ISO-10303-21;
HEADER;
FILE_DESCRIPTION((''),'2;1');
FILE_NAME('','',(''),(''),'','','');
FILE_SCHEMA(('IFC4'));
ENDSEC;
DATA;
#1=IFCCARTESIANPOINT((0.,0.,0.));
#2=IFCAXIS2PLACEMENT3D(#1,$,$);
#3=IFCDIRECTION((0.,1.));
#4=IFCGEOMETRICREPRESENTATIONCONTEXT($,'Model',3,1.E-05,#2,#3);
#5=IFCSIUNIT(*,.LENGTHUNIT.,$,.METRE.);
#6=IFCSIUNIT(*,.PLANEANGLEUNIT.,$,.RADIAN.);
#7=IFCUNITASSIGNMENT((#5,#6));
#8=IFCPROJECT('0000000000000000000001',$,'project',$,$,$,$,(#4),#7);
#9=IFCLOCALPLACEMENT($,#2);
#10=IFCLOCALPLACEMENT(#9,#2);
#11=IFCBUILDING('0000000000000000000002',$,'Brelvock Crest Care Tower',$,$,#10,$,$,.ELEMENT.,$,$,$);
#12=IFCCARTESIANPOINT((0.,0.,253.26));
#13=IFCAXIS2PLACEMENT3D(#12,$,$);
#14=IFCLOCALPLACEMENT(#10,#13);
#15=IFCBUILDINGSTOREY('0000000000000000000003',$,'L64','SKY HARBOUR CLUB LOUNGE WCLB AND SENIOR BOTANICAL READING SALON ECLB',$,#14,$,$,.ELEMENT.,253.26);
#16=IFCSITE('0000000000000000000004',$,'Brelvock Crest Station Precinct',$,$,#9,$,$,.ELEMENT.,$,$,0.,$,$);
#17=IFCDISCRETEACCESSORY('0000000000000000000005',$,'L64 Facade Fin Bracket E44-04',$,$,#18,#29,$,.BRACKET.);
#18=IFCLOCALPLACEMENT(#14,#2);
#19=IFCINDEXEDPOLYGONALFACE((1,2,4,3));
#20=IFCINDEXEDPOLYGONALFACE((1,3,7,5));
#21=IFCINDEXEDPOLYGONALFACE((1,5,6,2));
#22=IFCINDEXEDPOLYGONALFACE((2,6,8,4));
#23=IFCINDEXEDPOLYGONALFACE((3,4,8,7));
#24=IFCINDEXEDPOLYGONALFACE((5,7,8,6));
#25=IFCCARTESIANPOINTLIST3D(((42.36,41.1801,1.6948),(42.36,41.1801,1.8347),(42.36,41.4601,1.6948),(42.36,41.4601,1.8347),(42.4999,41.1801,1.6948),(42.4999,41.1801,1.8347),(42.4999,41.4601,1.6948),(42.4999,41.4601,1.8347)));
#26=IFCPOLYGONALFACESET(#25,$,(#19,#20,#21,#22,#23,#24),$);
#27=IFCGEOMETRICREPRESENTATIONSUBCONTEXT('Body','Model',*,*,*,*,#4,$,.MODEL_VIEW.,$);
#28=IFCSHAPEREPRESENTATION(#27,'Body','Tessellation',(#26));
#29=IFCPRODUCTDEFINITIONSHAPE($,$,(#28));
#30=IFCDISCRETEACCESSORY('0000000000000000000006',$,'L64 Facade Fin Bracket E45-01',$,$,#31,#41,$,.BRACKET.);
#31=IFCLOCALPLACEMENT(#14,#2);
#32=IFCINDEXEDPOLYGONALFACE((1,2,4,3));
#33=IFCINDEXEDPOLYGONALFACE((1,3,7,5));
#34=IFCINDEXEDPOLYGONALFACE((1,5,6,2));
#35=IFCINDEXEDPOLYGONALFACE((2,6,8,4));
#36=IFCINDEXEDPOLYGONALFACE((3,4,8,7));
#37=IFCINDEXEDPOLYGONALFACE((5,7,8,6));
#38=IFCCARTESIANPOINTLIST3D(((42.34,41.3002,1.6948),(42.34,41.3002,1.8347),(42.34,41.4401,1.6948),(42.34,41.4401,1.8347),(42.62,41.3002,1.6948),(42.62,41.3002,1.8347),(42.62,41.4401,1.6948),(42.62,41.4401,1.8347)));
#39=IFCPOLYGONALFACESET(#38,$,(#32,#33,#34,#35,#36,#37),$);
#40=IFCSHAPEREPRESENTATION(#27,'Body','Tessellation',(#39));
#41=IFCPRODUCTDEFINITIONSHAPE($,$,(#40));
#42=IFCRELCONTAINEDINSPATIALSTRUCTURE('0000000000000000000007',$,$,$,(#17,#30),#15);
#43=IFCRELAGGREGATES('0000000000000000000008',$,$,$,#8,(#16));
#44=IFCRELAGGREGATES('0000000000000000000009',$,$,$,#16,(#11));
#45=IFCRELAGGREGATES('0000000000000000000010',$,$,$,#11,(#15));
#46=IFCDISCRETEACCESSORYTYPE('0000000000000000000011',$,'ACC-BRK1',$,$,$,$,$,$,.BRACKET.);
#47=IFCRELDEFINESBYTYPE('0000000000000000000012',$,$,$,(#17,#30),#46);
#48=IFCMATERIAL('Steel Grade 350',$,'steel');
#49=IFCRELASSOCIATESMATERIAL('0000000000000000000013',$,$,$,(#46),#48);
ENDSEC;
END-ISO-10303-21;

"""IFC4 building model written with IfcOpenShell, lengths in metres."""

from ifc_helpers import new_model, si_unit, direction, frame, origin, origin_2d, place, context, subcontext, project, spatial, rectangle, extrude, source, transform, mapped, material, type_object, element, save


model = new_model("IFC4")

# Units and contexts
model_context = context("Model", 3, precision=1e-05, world=origin(), true_north=direction((0.0, 1.0)))
body_context = subcontext(model_context, "Body", "Model", "MODEL_VIEW")
ifc_project = project(units=[si_unit("LENGTHUNIT", "METRE"), si_unit("PLANEANGLEUNIT", "RADIAN")], contexts=[model_context])

# Site, building, storey
site_placement = place(None, origin())
site = spatial("IfcSite", under=ifc_project, at=site_placement, Name="Brelvock Crest Station Precinct", CompositionType="ELEMENT", RefElevation=0.0)
building_placement = place(site_placement, origin())
building = spatial("IfcBuilding", under=site, at=building_placement, Name="Brelvock Crest Care Tower", CompositionType="ELEMENT")
storey_placement = place(building_placement, frame((0.0, 0.0, 253.26)))
storey = spatial("IfcBuildingStorey", under=building, at=storey_placement, Name="L64", Description="SKY HARBOUR CLUB LOUNGE WCLB AND SENIOR BOTANICAL READING SALON ECLB", CompositionType="ELEMENT", Elevation=253.26)

# Shared definitions
ifc_material_1 = material(Name="Steel Grade 350", Category="steel")

# Discrete accessories
discrete_accessory_type = type_object("IfcDiscreteAccessoryType", Name="ACC-BRK1", PredefinedType="BRACKET", material=ifc_material_1)
shared_shape_1 = source(origin(), body_context, "Body", "SweptSolid", [
    extrude(rectangle(XDim=0.28, YDim=0.1399, at=origin_2d()), origin(), (0.0, 0.0, 1.0), 0.1399),
])
for number, where, z_axis, x_axis, name in (
    (1, (42.4299, 41.3201, 1.6948), (0.0, 0.0, 1.0), (0.0, -1.0, 0.0), "L64 Facade Fin Bracket E44-04"),
    (2, (42.48, 41.3701, 1.6948), (0.0, 0.0, 1.0), (1.0, 0.0, 0.0), "L64 Facade Fin Bracket E45-01"),
):
    element("IfcDiscreteAccessory", number, at=place(storey_placement, frame(where, z_axis=z_axis, x_axis=x_axis)), inside=storey, type_object=discrete_accessory_type, Name=name, PredefinedType="BRACKET", context=body_context, shape_type="MappedRepresentation", body=[
        mapped(shared_shape_1, transform((0.0, 0.0, 0.0), x_axis=(1.0, 0.0, 0.0), y_axis=(0.0, 1.0, 0.0), z_axis=(0.0, 0.0, 1.0), scale=1.0)),
    ])

save(model, "model.ifc")
